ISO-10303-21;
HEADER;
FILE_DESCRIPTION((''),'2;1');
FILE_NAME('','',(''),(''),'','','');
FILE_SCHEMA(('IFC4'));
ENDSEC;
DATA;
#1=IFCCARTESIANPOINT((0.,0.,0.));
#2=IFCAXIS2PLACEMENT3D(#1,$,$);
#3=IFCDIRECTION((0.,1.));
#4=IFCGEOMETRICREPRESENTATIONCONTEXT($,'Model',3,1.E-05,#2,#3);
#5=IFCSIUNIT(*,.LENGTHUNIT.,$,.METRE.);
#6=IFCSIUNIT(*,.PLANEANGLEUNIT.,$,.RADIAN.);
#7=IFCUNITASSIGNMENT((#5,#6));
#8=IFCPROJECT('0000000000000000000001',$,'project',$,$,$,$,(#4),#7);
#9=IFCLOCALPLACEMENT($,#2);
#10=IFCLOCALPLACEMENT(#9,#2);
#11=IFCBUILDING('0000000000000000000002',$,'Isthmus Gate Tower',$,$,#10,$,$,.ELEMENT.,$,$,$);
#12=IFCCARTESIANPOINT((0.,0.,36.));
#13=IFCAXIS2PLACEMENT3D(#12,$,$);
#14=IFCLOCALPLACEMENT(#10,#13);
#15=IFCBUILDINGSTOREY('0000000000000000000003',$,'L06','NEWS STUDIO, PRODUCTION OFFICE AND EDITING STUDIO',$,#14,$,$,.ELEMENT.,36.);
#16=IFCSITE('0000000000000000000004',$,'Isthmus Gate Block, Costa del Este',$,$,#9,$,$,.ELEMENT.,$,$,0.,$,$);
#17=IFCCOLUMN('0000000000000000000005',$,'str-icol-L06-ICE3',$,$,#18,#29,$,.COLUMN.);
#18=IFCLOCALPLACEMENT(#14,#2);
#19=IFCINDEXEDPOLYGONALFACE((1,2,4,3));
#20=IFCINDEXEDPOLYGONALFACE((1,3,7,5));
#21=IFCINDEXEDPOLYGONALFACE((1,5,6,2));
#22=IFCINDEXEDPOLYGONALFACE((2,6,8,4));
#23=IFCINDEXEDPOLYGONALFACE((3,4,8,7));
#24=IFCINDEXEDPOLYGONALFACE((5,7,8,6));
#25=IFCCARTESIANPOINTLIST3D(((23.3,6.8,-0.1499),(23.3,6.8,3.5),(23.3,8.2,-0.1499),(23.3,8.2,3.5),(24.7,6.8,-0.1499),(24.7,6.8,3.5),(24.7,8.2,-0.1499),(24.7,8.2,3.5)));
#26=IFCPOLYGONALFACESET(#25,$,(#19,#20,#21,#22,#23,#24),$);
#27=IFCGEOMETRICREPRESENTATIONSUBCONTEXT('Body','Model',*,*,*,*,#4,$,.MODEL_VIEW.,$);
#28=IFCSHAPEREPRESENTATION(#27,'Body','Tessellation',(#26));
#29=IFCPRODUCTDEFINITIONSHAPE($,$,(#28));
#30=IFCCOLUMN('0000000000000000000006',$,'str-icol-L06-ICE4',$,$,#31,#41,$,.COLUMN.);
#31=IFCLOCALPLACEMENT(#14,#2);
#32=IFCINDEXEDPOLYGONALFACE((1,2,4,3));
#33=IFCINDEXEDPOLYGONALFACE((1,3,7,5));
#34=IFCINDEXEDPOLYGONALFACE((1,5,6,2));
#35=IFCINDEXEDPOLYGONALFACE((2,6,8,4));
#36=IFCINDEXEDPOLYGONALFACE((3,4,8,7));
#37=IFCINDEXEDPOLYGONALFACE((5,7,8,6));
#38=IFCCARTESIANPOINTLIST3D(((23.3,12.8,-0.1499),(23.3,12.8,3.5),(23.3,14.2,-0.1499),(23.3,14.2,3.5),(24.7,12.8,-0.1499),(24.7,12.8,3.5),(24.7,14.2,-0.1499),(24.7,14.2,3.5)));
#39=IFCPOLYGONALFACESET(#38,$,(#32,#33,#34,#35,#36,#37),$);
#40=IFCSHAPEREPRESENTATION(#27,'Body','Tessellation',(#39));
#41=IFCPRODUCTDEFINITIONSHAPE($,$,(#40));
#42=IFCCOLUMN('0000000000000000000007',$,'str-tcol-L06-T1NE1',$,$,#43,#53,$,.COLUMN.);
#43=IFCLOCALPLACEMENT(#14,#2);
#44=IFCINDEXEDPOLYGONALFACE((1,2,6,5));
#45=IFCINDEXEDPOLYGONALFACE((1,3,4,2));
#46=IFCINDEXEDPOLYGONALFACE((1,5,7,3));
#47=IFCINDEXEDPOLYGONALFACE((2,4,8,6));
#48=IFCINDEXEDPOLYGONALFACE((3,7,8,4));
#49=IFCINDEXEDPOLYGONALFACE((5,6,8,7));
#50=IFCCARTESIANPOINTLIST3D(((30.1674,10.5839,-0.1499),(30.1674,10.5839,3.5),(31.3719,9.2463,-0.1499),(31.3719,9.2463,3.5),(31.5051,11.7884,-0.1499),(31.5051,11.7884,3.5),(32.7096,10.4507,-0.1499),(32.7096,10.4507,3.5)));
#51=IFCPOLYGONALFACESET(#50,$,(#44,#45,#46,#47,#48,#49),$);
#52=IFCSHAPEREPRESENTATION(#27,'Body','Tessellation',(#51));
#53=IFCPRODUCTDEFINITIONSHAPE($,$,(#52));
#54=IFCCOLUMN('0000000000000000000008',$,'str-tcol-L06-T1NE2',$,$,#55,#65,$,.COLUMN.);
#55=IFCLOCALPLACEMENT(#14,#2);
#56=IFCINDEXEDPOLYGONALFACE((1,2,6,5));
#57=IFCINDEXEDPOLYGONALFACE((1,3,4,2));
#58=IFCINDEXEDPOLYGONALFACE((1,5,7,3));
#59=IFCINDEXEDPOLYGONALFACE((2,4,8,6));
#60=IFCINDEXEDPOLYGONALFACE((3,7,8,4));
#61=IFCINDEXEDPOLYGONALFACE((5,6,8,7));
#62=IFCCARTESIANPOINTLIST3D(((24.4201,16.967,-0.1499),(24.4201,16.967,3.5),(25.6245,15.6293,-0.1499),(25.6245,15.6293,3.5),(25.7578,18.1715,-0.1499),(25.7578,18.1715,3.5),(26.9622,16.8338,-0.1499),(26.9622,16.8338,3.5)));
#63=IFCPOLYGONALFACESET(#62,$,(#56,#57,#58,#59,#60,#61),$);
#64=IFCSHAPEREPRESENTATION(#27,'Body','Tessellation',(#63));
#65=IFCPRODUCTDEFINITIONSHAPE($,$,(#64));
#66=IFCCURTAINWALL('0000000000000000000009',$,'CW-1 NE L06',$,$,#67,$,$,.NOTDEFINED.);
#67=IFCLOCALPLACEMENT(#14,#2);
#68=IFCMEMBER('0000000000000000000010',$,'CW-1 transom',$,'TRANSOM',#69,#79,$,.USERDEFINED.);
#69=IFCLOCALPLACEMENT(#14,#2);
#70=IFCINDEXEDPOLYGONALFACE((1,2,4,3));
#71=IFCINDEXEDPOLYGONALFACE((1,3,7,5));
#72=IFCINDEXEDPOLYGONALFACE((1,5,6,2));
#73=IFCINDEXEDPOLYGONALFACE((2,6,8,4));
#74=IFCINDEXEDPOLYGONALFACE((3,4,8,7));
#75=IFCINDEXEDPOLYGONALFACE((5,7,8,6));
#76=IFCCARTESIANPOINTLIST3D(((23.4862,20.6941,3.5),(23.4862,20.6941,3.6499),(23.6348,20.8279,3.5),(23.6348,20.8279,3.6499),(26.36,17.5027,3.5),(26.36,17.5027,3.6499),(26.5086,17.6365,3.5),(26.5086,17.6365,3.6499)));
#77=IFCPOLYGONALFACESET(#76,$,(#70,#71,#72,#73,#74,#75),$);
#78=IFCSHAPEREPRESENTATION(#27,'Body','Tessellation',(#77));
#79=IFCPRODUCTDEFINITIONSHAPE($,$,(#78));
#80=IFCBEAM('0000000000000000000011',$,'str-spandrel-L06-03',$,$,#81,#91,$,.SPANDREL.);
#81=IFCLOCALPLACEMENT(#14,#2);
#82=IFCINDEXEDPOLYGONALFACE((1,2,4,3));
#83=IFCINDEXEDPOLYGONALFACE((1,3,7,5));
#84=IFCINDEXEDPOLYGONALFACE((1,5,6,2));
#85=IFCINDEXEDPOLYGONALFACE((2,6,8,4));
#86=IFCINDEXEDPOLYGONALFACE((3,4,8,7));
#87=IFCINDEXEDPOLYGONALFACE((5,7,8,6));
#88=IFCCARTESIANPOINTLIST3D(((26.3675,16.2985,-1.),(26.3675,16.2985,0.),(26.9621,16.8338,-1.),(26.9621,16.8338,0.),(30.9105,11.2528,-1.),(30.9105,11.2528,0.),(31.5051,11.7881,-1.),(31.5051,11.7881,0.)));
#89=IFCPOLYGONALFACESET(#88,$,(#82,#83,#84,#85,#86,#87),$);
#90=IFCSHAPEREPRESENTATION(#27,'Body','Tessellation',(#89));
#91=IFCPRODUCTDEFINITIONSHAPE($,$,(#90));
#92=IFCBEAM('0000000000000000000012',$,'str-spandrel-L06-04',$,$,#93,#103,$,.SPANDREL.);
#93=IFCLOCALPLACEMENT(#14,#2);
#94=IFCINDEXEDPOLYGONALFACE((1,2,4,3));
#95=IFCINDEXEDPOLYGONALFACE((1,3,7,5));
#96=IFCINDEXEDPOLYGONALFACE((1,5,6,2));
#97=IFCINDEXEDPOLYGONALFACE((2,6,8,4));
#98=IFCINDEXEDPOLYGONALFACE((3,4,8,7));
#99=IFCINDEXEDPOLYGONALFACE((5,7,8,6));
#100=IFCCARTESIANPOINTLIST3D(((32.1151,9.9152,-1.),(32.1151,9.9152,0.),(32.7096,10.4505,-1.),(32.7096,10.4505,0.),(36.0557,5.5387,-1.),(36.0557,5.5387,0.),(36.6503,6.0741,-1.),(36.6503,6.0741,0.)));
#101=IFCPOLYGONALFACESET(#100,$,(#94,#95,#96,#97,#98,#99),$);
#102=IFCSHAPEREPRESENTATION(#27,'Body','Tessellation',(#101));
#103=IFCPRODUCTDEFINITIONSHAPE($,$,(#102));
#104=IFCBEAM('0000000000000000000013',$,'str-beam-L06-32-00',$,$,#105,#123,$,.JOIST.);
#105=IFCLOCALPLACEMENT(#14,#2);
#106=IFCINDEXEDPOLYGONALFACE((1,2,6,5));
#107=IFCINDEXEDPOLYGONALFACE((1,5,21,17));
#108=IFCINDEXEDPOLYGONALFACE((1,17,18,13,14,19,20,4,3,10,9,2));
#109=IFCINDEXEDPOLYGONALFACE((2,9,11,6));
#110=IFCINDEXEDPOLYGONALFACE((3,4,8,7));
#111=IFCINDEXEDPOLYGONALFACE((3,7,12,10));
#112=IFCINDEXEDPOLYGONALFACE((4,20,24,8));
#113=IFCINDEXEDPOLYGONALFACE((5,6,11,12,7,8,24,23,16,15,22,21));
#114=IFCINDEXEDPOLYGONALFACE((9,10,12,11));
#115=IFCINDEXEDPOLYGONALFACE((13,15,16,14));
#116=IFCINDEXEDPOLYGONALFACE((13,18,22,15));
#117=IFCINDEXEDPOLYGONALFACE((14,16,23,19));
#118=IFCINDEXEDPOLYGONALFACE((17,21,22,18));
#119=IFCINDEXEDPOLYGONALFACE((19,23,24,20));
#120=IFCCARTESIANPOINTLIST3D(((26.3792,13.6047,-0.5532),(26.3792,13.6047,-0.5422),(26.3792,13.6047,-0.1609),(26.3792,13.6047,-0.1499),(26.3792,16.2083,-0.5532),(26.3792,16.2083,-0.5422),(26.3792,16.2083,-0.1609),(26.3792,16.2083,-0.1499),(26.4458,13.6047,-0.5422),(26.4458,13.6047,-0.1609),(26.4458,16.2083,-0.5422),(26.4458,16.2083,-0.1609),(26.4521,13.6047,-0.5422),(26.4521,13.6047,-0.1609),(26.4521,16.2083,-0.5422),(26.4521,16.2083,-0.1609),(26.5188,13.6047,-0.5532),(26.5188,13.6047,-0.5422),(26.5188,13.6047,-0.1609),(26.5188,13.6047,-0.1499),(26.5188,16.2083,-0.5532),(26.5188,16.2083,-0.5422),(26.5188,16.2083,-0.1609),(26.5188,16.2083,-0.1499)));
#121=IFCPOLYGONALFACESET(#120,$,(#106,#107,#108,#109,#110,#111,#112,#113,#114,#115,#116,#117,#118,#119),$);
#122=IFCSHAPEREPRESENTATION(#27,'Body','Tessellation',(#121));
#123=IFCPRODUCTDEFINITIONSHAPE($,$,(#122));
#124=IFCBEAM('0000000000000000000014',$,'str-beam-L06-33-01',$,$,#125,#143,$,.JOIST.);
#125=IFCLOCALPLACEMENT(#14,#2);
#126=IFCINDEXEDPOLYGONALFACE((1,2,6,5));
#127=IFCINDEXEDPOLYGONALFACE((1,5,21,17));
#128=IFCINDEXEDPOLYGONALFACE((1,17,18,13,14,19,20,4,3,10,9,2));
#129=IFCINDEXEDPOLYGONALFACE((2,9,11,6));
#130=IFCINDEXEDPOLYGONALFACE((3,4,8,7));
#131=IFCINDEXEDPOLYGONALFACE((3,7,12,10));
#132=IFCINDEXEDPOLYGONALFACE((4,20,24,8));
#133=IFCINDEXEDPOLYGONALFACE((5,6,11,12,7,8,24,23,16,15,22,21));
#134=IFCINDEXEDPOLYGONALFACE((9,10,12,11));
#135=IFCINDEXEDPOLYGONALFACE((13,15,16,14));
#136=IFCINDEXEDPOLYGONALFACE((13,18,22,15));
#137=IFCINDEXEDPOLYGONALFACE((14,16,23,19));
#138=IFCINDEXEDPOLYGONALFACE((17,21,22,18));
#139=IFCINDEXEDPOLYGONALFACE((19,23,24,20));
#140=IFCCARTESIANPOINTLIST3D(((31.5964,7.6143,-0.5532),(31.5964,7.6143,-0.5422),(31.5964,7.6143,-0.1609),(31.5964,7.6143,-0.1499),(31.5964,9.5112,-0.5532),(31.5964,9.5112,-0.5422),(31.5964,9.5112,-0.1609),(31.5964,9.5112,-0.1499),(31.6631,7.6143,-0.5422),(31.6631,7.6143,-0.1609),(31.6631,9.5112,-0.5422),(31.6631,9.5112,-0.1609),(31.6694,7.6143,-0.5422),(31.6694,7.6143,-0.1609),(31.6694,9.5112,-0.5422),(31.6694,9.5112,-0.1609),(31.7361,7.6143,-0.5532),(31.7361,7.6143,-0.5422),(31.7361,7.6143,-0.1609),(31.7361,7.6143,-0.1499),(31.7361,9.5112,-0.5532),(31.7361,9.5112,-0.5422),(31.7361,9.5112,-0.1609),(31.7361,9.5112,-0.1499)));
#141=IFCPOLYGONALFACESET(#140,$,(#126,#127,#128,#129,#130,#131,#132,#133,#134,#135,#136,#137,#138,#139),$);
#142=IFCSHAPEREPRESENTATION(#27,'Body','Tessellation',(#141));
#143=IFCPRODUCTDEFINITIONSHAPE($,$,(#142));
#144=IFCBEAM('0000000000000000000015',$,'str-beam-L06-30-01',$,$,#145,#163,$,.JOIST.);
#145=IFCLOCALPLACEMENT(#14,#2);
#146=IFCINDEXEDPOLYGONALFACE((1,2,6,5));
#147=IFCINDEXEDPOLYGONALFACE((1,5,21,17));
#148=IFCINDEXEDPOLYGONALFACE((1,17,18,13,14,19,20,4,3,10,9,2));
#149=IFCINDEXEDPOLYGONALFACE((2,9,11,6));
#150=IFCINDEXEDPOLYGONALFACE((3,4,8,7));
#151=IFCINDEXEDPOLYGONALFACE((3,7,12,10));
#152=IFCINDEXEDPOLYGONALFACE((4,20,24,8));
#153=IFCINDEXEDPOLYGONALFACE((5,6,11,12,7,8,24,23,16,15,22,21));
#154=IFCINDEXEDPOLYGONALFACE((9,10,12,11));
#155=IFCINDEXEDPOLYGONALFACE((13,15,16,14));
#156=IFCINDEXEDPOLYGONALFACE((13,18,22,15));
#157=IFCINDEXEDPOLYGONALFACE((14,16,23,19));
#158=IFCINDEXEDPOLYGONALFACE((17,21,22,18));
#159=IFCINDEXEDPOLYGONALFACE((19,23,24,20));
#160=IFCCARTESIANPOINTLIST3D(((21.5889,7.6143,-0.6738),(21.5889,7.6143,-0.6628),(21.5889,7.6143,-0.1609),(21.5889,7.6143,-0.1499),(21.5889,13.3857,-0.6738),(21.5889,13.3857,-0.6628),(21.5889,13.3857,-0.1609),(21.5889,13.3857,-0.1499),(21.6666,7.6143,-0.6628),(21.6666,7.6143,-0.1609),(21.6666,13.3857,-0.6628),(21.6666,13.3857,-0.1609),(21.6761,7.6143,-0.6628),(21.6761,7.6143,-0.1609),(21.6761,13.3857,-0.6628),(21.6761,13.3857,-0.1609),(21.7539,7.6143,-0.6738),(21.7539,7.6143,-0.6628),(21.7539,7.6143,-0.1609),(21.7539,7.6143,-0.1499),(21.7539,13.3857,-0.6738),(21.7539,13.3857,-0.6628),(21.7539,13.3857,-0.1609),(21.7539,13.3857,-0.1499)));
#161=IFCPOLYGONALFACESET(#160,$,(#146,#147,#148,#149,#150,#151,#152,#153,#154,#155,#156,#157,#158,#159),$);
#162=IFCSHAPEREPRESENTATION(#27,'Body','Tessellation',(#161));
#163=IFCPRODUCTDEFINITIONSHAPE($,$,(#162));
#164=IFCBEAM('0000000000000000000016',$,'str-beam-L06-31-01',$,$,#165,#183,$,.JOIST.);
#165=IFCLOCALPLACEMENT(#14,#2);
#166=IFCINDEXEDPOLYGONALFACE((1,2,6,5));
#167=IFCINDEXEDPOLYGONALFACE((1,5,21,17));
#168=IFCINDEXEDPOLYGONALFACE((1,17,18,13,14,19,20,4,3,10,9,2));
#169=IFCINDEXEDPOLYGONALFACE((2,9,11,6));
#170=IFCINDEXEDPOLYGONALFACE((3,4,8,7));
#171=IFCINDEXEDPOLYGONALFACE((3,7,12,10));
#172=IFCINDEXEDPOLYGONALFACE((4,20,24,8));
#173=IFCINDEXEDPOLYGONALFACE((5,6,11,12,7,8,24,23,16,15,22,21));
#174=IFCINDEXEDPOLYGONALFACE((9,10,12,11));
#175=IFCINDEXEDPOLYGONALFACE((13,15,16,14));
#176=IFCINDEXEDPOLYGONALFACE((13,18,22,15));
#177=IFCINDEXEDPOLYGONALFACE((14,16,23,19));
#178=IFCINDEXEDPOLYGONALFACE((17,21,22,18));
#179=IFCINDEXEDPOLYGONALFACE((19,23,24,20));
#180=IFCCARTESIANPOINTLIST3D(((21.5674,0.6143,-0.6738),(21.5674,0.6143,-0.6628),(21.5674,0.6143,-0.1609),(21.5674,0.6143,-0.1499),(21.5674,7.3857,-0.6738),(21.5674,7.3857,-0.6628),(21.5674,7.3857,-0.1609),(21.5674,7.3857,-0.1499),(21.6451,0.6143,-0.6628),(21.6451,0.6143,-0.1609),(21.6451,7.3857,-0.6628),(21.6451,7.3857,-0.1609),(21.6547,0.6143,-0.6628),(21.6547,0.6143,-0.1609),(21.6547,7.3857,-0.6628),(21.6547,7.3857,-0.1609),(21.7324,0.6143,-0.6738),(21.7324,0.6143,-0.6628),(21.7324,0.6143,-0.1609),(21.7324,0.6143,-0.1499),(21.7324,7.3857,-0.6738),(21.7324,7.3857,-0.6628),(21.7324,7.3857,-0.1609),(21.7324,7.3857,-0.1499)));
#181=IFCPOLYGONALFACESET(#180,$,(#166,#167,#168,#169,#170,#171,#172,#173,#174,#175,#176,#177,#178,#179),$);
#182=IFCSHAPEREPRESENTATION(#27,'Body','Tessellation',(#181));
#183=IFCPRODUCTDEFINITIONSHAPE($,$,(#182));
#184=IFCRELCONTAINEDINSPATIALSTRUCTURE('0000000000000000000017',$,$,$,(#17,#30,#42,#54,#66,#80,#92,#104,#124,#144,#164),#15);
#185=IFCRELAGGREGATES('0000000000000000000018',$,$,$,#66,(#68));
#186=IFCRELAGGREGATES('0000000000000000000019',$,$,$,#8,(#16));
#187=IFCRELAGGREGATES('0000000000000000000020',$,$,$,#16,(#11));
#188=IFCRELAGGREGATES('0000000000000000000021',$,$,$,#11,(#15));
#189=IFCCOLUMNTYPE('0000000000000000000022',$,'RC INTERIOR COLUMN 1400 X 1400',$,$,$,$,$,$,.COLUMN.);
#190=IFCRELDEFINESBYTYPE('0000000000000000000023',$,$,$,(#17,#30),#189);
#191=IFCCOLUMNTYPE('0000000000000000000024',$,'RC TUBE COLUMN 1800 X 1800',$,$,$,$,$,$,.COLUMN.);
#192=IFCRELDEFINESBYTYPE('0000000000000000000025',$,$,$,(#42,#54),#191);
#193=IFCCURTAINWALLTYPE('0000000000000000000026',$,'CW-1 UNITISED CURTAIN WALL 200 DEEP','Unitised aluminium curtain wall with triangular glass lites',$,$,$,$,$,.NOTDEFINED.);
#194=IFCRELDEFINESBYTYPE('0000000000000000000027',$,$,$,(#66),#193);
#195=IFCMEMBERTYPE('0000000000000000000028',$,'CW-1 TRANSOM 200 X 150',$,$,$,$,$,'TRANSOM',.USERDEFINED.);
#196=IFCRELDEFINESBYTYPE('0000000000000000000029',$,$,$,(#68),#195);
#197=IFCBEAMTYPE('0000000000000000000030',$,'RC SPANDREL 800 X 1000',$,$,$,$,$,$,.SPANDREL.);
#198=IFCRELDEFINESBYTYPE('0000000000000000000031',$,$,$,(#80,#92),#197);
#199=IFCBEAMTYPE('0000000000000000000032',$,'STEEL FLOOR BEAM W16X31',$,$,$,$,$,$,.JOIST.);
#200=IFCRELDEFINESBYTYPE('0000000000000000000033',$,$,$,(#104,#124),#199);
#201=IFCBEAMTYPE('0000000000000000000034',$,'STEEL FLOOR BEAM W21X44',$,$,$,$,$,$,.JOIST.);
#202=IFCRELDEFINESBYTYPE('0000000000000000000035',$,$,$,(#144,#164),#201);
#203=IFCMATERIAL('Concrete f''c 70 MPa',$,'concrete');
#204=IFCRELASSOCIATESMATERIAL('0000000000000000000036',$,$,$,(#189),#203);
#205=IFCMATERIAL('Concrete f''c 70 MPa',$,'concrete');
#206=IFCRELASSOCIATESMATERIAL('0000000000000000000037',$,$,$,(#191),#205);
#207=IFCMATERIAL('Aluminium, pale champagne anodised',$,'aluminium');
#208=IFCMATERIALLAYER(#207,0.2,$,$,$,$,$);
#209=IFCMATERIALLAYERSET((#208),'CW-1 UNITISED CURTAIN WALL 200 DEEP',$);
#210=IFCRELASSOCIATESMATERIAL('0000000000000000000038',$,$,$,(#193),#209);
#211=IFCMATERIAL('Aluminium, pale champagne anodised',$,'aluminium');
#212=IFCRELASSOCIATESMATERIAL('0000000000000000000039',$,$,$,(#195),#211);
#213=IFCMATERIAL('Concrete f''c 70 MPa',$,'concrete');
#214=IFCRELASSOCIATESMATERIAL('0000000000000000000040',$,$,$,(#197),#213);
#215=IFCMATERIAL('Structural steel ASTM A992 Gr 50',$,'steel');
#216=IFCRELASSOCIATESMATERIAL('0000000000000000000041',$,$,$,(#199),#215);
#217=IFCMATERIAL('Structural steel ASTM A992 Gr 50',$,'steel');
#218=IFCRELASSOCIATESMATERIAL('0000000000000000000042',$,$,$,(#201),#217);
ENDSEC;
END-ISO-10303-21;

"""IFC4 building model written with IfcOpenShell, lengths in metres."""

from ifc_helpers import new_model, si_unit, direction, frame, origin, origin_2d, place, context, subcontext, project, spatial, rectangle, i_section, extrude, material, layer, layer_set, material_profile, profile_set, type_object, element, aggregate, save


model = new_model("IFC4")

# Units and contexts
model_context = context("Model", 3, precision=1e-05, world=origin(), true_north=direction((0.0, 1.0)))
body_context = subcontext(model_context, "Body", "Model", "MODEL_VIEW")
ifc_project = project(units=[si_unit("LENGTHUNIT", "METRE"), si_unit("PLANEANGLEUNIT", "RADIAN")], contexts=[model_context])

# Site, building, storey
site_placement = place(None, origin())
site = spatial("IfcSite", under=ifc_project, at=site_placement, Name="Isthmus Gate Block, Costa del Este", CompositionType="ELEMENT", RefElevation=0.0)
building_placement = place(site_placement, origin())
building = spatial("IfcBuilding", under=site, at=building_placement, Name="Isthmus Gate Tower", CompositionType="ELEMENT")
storey_placement = place(building_placement, frame((0.0, 0.0, 36.0)))
storey = spatial("IfcBuildingStorey", under=building, at=storey_placement, Name="L06", Description="NEWS STUDIO, PRODUCTION OFFICE AND EDITING STUDIO", CompositionType="ELEMENT", Elevation=36.0)

# Columns
ifc_material_1 = material(Name="Concrete f'c 70 MPa", Category="concrete")
ifc_material_profile_1 = material_profile(ifc_material_1, rectangle(XDim=1.3999, YDim=1.3999, at=origin_2d()), Name="RC 1400X1400")
ifc_profile_set_1 = profile_set([ifc_material_profile_1], Name="Concrete f'c 70 MPa")
column_type_1 = type_object("IfcColumnType", Name="RC INTERIOR COLUMN 1400 X 1400", PredefinedType="COLUMN", material=ifc_profile_set_1)
for number, where, z_axis, x_axis, name in (
    (1, (24.0, 7.5, -0.1499), (0.0, 0.0, 1.0), (1.0, 0.0, 0.0), "str-icol-L06-ICE3"),
    (2, (24.0, 13.5, -0.1499), (0.0, 0.0, 1.0), (1.0, 0.0, 0.0), "str-icol-L06-ICE4"),
):
    element("IfcColumn", number, at=place(storey_placement, frame(where, z_axis=z_axis, x_axis=x_axis)), inside=storey, type_object=column_type_1, Name=name, PredefinedType="COLUMN", context=body_context, shape_type="SweptSolid", body=[
        extrude(rectangle(XDim=1.3999, YDim=1.3999, at=origin_2d()), origin(), (0.0, 0.0, 1.0), 3.6499),
    ])
ifc_material_2 = material(Name="Concrete f'c 70 MPa", Category="concrete")
ifc_material_profile_2 = material_profile(ifc_material_2, rectangle(XDim=1.8, YDim=1.8, at=origin_2d()), Name="RC 1800X1800")
ifc_profile_set_2 = profile_set([ifc_material_profile_2], Name="Concrete f'c 70 MPa")
column_type_2 = type_object("IfcColumnType", Name="RC TUBE COLUMN 1800 X 1800", PredefinedType="COLUMN", material=ifc_profile_set_2)
for number, where, z_axis, x_axis, name in (
    (3, (31.4385, 10.5173, -0.1499), (0.0, 0.0, 1.0), (-0.669131, 0.743145, 0.0), "str-tcol-L06-T1NE1"),
    (4, (25.6912, 16.9004, -0.1499), (0.0, 0.0, 1.0), (-0.669131, 0.743145, 0.0), "str-tcol-L06-T1NE2"),
):
    element("IfcColumn", number, at=place(storey_placement, frame(where, z_axis=z_axis, x_axis=x_axis)), inside=storey, type_object=column_type_2, Name=name, PredefinedType="COLUMN", context=body_context, shape_type="SweptSolid", body=[
        extrude(rectangle(XDim=1.8, YDim=1.8, at=origin_2d()), origin(), (0.0, 0.0, 1.0), 3.6499),
    ])

# Curtain wall, member
ifc_material_3 = material(Name="Aluminium, pale champagne anodised", Category="aluminium")
ifc_layer_1 = layer(ifc_material_3, 0.2)
ifc_layer_set_1 = layer_set([ifc_layer_1], Name="CW-1 UNITISED CURTAIN WALL 200 DEEP")
curtain_wall_type = type_object("IfcCurtainWallType", Name="CW-1 UNITISED CURTAIN WALL 200 DEEP", Description="Unitised aluminium curtain wall with triangular glass lites", PredefinedType="NOTDEFINED", material=ifc_layer_set_1)
curtain_wall_placement = place(storey_placement, origin())
curtain_wall = element("IfcCurtainWall", 5, at=curtain_wall_placement, inside=storey, type_object=curtain_wall_type, Name="CW-1 NE L06", PredefinedType="NOTDEFINED")
ifc_material_4 = material(Name="Aluminium, pale champagne anodised", Category="aluminium")
ifc_material_profile_3 = material_profile(ifc_material_4, rectangle(XDim=0.2, YDim=0.1499, at=origin_2d()), Name="200x150")
ifc_profile_set_3 = profile_set([ifc_material_profile_3], Name="Aluminium, pale champagne anodised")
member_type = type_object("IfcMemberType", Name="CW-1 TRANSOM 200 X 150", ElementType="TRANSOM", PredefinedType="USERDEFINED", material=ifc_profile_set_3)
member_placement = place(storey_placement, frame((26.4343, 17.5696, 3.575), z_axis=(-0.669159, 0.743119, 0.0), x_axis=(-0.743119, -0.669159, 0.0)))
member = element("IfcMember", 6, at=member_placement, type_object=member_type, Name="CW-1 transom", ObjectType="TRANSOM", PredefinedType="USERDEFINED", context=body_context, shape_type="SweptSolid", body=[
    extrude(rectangle(XDim=0.2, YDim=0.1499, at=origin_2d()), origin(), (0.0, 0.0, 1.0), 4.2947),
])
aggregate(curtain_wall, [member])

# Beams
ifc_material_5 = material(Name="Concrete f'c 70 MPa", Category="concrete")
ifc_material_profile_4 = material_profile(ifc_material_5, rectangle(XDim=0.8, YDim=1.0, at=origin_2d()), Name="RC 800X1000")
ifc_profile_set_4 = profile_set([ifc_material_profile_4], Name="Concrete f'c 70 MPa")
beam_type_1 = type_object("IfcBeamType", Name="RC SPANDREL 800 X 1000", PredefinedType="SPANDREL", material=ifc_profile_set_4)
beam_1_placement = place(storey_placement, frame((26.6648, 16.5662, -0.5), z_axis=(0.669118, -0.743156, 0.0), x_axis=(0.743156, 0.669118, 0.0)))
element("IfcBeam", 7, at=beam_1_placement, inside=storey, type_object=beam_type_1, Name="str-spandrel-L06-03", PredefinedType="SPANDREL", context=body_context, shape_type="SweptSolid", body=[
    extrude(rectangle(XDim=0.8, YDim=1.0, at=origin_2d()), origin(), (0.0, 0.0, 1.0), 6.7896),
])
beam_2_placement = place(storey_placement, frame((32.4124, 10.1829, -0.5), z_axis=(0.669139, -0.743137, 0.0), x_axis=(0.743137, 0.669139, 0.0)))
element("IfcBeam", 8, at=beam_2_placement, inside=storey, type_object=beam_type_1, Name="str-spandrel-L06-04", PredefinedType="SPANDREL", context=body_context, shape_type="SweptSolid", body=[
    extrude(rectangle(XDim=0.8, YDim=1.0, at=origin_2d()), origin(), (0.0, 0.0, 1.0), 5.8892),
])
ifc_material_6 = material(Name="Structural steel ASTM A992 Gr 50", Category="steel")
ifc_material_profile_5 = material_profile(ifc_material_6, i_section(OverallWidth=0.1396, OverallDepth=0.4033, WebThickness=0.0063, FlangeThickness=0.011, at=origin_2d()), Name="W16X31")
ifc_profile_set_5 = profile_set([ifc_material_profile_5], Name="Structural steel ASTM A992 Gr 50")
beam_type_2 = type_object("IfcBeamType", Name="STEEL FLOOR BEAM W16X31", PredefinedType="JOIST", material=ifc_profile_set_5)
beam_3_placement = place(storey_placement, frame((26.449, 13.6047, -0.3516), z_axis=(0.0, 1.0, 0.0), x_axis=(-1.0, 0.0, 0.0)))
element("IfcBeam", 9, at=beam_3_placement, inside=storey, type_object=beam_type_2, Name="str-beam-L06-32-00", PredefinedType="JOIST", context=body_context, shape_type="SweptSolid", body=[
    extrude(i_section(OverallWidth=0.1396, OverallDepth=0.4033, WebThickness=0.0063, FlangeThickness=0.011, at=origin_2d()), origin(), (0.0, 0.0, 1.0), 2.6035),
])
beam_4_placement = place(storey_placement, frame((31.6663, 7.6143, -0.3516), z_axis=(0.0, 1.0, 0.0), x_axis=(-1.0, 0.0, 0.0)))
element("IfcBeam", 10, at=beam_4_placement, inside=storey, type_object=beam_type_2, Name="str-beam-L06-33-01", PredefinedType="JOIST", context=body_context, shape_type="SweptSolid", body=[
    extrude(i_section(OverallWidth=0.1396, OverallDepth=0.4033, WebThickness=0.0063, FlangeThickness=0.011, at=origin_2d()), origin(), (0.0, 0.0, 1.0), 1.897),
])
ifc_material_7 = material(Name="Structural steel ASTM A992 Gr 50", Category="steel")
ifc_material_profile_6 = material_profile(ifc_material_7, i_section(OverallWidth=0.165, OverallDepth=0.5239, WebThickness=0.0095, FlangeThickness=0.011, at=origin_2d()), Name="W21X44")
ifc_profile_set_6 = profile_set([ifc_material_profile_6], Name="Structural steel ASTM A992 Gr 50")
beam_type_3 = type_object("IfcBeamType", Name="STEEL FLOOR BEAM W21X44", PredefinedType="JOIST", material=ifc_profile_set_6)
beam_5_placement = place(storey_placement, frame((21.6714, 7.6143, -0.4119), z_axis=(0.0, 1.0, 0.0), x_axis=(-1.0, 0.0, 0.0)))
element("IfcBeam", 11, at=beam_5_placement, inside=storey, type_object=beam_type_3, Name="str-beam-L06-30-01", PredefinedType="JOIST", context=body_context, shape_type="SweptSolid", body=[
    extrude(i_section(OverallWidth=0.165, OverallDepth=0.5239, WebThickness=0.0095, FlangeThickness=0.011, at=origin_2d()), origin(), (0.0, 0.0, 1.0), 5.7715),
])
beam_6_placement = place(storey_placement, frame((21.6499, 0.6143, -0.4119), z_axis=(0.0, 1.0, 0.0), x_axis=(-1.0, 0.0, 0.0)))
element("IfcBeam", 12, at=beam_6_placement, inside=storey, type_object=beam_type_3, Name="str-beam-L06-31-01", PredefinedType="JOIST", context=body_context, shape_type="SweptSolid", body=[
    extrude(i_section(OverallWidth=0.165, OverallDepth=0.5239, WebThickness=0.0095, FlangeThickness=0.011, at=origin_2d()), origin(), (0.0, 0.0, 1.0), 6.7715),
])

save(model, "model.ifc")
